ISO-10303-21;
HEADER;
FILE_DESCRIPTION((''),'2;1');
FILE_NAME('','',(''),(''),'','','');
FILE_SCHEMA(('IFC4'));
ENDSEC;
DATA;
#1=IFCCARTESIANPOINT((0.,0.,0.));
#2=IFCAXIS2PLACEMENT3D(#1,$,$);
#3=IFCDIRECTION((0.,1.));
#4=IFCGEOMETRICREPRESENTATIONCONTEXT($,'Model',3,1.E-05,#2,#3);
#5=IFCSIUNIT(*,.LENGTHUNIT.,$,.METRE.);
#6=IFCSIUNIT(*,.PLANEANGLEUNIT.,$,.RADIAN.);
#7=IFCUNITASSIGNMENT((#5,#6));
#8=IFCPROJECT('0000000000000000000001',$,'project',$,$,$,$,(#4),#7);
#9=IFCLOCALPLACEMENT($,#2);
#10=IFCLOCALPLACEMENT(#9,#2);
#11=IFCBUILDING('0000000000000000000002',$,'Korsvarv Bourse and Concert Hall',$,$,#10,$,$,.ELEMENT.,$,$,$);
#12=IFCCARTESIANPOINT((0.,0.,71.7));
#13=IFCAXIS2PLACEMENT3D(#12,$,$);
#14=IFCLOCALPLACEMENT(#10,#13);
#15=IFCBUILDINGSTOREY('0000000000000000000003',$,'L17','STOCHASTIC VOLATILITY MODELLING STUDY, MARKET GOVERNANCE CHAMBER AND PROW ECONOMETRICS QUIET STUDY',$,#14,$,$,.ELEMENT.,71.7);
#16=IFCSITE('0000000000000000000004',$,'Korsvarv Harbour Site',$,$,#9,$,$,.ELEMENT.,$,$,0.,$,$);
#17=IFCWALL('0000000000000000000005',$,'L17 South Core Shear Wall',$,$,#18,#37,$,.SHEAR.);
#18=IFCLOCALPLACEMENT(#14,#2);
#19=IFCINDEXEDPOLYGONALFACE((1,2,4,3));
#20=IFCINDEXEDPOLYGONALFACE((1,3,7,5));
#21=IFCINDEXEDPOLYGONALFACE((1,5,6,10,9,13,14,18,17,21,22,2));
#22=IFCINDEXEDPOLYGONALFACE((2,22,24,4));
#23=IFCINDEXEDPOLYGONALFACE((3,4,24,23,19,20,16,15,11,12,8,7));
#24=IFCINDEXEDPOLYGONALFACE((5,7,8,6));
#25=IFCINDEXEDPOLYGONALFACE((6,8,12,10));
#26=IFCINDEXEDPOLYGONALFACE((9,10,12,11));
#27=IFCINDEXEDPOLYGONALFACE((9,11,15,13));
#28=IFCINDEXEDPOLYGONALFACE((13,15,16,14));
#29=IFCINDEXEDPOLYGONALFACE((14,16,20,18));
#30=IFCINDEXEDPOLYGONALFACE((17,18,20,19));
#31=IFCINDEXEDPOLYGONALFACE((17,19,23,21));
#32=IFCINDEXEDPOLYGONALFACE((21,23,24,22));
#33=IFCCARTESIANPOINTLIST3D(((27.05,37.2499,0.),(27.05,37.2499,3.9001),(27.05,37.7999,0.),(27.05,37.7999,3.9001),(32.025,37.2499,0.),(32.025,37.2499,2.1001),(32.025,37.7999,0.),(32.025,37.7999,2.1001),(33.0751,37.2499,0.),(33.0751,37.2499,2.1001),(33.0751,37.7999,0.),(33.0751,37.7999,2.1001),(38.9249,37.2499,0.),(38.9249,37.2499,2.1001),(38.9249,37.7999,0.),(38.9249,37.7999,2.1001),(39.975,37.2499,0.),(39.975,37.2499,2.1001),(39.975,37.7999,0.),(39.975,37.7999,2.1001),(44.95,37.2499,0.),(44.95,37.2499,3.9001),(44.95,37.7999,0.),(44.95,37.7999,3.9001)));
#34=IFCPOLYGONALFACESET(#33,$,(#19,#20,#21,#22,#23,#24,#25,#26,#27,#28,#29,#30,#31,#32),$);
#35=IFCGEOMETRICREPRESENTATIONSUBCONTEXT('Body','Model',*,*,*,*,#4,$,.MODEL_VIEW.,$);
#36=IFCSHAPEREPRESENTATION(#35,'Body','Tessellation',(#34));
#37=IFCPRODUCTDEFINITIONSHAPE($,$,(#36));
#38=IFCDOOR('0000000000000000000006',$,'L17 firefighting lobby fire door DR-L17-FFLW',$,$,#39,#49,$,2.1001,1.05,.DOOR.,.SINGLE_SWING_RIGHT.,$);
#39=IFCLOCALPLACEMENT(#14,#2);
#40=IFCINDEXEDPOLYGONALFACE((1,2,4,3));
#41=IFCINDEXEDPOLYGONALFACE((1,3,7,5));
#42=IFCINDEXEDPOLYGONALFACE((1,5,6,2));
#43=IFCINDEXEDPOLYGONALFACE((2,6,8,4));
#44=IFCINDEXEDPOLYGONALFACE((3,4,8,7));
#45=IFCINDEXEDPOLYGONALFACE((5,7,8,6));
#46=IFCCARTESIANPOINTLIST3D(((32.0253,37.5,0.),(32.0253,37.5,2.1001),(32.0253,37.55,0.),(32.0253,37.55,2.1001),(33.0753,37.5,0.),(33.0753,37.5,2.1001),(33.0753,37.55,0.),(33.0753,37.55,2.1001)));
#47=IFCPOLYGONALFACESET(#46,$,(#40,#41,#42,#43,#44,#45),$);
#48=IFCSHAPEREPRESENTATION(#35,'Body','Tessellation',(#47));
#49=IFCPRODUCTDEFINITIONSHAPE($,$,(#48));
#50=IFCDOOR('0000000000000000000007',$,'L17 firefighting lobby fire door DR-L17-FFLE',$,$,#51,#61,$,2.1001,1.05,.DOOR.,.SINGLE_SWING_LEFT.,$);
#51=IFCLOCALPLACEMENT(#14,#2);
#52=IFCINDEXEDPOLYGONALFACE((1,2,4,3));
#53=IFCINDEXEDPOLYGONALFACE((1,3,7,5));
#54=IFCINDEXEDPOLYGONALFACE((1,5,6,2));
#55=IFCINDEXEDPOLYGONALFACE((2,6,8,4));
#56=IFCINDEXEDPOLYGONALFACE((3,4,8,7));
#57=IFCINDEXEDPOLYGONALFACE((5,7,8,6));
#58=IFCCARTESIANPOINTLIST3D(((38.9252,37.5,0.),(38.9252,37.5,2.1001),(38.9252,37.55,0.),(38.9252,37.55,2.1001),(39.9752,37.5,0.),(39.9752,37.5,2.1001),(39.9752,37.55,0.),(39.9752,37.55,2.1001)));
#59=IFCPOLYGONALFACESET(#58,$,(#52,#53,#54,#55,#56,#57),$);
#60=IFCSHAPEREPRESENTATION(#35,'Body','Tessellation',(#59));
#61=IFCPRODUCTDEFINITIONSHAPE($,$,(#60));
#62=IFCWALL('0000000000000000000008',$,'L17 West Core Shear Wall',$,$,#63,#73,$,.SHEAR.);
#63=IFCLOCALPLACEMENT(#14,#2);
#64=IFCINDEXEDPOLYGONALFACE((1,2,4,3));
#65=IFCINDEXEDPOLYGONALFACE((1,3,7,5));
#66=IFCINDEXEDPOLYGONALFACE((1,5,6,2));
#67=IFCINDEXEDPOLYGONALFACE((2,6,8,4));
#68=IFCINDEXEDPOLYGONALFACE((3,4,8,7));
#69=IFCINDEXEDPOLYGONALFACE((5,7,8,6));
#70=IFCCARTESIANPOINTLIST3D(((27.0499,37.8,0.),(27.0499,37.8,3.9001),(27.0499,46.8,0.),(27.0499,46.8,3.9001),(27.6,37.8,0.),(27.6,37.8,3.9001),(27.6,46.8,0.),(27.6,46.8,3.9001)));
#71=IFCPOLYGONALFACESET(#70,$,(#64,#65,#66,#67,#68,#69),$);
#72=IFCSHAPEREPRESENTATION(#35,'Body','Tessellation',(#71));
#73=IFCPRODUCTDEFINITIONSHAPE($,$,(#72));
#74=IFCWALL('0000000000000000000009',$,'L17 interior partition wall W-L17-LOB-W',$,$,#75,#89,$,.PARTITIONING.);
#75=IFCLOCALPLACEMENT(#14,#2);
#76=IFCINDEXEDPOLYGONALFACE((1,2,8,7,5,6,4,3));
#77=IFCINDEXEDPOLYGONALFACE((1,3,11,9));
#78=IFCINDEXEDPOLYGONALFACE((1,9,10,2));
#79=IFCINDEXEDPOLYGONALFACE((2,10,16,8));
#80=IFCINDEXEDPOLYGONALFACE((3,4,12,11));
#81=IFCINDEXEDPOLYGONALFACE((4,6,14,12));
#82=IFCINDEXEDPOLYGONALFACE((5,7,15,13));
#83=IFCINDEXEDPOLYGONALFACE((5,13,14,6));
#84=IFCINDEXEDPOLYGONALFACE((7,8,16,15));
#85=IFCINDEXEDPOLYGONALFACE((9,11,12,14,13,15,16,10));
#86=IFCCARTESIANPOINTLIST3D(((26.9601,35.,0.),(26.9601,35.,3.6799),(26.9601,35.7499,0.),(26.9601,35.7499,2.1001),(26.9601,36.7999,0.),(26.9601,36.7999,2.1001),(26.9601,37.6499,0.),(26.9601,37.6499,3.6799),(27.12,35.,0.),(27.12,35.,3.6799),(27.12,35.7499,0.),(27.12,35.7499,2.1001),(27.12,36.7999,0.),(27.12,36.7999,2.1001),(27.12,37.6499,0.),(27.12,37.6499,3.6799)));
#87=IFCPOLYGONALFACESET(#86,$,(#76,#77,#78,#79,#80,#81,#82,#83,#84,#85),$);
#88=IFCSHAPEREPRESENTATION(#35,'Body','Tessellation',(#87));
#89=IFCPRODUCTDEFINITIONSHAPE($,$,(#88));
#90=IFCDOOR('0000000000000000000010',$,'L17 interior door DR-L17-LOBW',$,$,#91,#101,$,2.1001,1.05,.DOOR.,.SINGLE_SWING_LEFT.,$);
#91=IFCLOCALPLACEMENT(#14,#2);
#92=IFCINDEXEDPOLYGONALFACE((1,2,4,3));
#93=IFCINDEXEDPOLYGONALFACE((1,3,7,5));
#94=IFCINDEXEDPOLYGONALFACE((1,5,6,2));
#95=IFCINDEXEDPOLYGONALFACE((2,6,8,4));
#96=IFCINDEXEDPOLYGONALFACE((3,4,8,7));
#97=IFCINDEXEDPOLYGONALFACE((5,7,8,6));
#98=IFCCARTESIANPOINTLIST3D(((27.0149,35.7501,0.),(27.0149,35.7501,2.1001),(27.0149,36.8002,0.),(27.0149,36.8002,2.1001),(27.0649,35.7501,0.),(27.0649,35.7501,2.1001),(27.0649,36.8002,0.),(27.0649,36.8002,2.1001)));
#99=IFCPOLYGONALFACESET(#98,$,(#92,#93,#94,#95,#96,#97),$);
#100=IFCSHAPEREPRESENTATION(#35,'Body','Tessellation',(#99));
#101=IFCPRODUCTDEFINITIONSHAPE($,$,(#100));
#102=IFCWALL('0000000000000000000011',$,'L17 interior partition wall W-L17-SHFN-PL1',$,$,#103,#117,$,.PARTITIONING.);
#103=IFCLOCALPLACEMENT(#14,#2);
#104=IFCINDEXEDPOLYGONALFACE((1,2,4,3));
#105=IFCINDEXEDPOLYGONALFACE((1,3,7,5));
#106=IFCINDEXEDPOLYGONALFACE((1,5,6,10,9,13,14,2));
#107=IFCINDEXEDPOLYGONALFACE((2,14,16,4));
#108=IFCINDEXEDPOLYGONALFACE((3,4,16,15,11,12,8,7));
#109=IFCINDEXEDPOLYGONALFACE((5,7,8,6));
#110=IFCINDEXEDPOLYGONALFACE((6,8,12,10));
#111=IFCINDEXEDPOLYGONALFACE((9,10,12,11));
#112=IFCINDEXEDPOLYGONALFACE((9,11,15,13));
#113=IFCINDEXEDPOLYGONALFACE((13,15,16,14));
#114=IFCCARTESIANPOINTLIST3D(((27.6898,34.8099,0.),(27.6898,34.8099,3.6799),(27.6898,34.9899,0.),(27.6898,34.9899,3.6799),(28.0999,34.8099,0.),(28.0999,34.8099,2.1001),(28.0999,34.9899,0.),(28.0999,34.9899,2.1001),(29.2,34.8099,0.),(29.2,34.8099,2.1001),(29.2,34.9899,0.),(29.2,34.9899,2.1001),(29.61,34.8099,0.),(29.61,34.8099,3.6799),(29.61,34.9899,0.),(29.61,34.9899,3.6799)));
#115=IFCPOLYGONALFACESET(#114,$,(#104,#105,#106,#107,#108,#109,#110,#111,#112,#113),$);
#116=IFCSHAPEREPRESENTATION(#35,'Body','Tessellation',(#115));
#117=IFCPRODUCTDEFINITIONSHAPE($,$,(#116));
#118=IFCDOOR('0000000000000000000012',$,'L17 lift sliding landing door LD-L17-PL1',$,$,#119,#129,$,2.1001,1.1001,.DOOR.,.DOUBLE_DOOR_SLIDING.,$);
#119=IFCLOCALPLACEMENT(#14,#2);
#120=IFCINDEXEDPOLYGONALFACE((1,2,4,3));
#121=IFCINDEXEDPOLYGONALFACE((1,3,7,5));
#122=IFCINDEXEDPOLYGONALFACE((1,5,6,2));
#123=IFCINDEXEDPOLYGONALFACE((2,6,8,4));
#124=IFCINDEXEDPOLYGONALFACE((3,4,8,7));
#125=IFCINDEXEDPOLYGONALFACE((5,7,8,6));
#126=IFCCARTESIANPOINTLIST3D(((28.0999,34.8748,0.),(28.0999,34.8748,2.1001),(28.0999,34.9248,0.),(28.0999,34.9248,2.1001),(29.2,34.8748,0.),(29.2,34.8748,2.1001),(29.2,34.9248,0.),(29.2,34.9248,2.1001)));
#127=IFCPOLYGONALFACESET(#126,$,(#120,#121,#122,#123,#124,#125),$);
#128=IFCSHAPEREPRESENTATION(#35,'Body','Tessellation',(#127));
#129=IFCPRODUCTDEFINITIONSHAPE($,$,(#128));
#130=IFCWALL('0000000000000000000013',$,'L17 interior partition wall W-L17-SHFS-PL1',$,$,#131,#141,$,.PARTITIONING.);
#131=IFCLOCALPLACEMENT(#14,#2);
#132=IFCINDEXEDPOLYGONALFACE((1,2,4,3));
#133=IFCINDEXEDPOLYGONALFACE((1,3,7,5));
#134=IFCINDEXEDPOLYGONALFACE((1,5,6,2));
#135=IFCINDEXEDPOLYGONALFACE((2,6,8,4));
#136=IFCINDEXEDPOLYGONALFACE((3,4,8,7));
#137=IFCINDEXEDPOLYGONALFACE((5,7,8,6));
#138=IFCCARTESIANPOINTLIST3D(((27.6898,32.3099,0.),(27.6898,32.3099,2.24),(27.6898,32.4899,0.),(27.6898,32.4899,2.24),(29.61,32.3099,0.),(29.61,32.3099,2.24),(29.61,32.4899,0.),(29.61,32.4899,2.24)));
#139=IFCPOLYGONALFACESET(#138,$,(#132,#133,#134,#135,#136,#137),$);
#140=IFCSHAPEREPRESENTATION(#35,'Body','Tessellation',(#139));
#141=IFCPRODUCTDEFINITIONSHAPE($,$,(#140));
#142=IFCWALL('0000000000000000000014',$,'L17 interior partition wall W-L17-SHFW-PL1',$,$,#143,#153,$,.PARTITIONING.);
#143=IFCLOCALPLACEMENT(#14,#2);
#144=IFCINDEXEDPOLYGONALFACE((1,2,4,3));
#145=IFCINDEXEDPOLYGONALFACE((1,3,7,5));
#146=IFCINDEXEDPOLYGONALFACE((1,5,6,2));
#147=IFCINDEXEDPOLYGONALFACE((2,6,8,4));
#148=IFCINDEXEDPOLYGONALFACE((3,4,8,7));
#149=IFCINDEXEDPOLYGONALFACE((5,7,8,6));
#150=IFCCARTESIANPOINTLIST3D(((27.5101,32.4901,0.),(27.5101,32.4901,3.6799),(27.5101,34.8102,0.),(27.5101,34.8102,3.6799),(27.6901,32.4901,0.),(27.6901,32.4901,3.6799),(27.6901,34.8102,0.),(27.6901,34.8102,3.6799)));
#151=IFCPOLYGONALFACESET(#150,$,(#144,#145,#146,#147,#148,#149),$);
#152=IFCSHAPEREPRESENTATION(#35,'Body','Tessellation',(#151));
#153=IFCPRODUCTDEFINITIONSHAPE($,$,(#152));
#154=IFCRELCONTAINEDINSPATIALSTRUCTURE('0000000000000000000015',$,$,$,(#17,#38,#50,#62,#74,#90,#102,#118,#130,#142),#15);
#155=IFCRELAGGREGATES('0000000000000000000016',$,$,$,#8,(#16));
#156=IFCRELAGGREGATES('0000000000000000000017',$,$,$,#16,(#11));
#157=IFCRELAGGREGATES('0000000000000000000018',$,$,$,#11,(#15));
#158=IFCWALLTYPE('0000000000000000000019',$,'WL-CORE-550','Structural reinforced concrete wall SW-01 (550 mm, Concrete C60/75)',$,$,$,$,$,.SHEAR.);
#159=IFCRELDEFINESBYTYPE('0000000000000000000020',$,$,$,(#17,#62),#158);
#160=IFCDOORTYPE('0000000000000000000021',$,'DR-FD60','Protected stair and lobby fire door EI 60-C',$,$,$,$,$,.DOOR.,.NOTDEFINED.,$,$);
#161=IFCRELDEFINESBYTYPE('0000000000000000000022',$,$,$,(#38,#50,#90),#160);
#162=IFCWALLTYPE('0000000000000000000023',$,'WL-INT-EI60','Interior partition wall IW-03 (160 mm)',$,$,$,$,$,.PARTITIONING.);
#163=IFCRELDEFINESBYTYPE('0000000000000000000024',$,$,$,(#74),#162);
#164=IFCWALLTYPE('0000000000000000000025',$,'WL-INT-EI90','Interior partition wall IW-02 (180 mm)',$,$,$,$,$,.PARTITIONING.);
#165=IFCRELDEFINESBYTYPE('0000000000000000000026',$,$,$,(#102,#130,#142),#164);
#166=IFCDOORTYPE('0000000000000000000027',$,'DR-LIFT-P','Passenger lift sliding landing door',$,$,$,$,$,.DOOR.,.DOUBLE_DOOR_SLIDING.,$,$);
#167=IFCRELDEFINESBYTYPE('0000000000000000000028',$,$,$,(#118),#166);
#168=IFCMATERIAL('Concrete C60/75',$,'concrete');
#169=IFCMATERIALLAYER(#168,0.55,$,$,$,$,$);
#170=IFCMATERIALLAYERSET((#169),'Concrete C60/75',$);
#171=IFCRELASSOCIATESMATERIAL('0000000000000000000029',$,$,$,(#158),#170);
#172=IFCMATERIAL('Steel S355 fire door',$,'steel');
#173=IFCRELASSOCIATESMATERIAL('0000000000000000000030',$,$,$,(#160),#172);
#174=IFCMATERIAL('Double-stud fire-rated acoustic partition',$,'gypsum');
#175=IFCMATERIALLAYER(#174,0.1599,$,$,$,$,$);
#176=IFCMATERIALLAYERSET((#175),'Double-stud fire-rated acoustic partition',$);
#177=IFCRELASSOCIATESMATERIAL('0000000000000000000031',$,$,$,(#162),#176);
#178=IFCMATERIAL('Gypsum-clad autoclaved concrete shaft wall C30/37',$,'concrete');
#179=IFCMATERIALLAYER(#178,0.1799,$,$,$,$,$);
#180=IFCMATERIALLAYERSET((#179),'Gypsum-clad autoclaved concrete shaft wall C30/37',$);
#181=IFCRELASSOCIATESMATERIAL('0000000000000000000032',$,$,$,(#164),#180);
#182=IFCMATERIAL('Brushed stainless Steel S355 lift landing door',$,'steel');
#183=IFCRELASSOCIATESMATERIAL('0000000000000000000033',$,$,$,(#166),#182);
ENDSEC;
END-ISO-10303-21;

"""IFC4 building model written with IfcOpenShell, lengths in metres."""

from ifc_helpers import new_model, si_unit, direction, frame, frame_2d, origin, place, context, subcontext, project, spatial, rectangle, extrude, material, layer, layer_set, type_object, element, fill, save


model = new_model("IFC4")

# Units and contexts
model_context = context("Model", 3, precision=1e-05, world=origin(), true_north=direction((0.0, 1.0)))
body_context = subcontext(model_context, "Body", "Model", "MODEL_VIEW")
ifc_project = project(units=[si_unit("LENGTHUNIT", "METRE"), si_unit("PLANEANGLEUNIT", "RADIAN")], contexts=[model_context])

# Site, building, storey
site_placement = place(None, origin())
site = spatial("IfcSite", under=ifc_project, at=site_placement, Name="Korsvarv Harbour Site", CompositionType="ELEMENT", RefElevation=0.0)
building_placement = place(site_placement, origin())
building = spatial("IfcBuilding", under=site, at=building_placement, Name="Korsvarv Bourse and Concert Hall", CompositionType="ELEMENT")
storey_placement = place(building_placement, frame((0.0, 0.0, 71.7)))
storey = spatial("IfcBuildingStorey", under=building, at=storey_placement, Name="L17", Description="STOCHASTIC VOLATILITY MODELLING STUDY, MARKET GOVERNANCE CHAMBER AND PROW ECONOMETRICS QUIET STUDY", CompositionType="ELEMENT", Elevation=71.7)

# Shared definitions
ifc_material_1 = material(Name="Concrete C60/75", Category="concrete")

# Wall, openings, doors
ifc_layer_1 = layer(ifc_material_1, 0.55)
ifc_layer_set_1 = layer_set([ifc_layer_1], Name="Concrete C60/75")
wall_type_1 = type_object("IfcWallType", Name="WL-CORE-550", Description="Structural reinforced concrete wall SW-01 (550 mm, Concrete C60/75)", PredefinedType="SHEAR", material=ifc_layer_set_1)
wall_1_placement = place(storey_placement, frame((27.05, 37.5249, 0.0), z_axis=(0.0, 0.0, 1.0), x_axis=(1.0, 0.0, 0.0)))
wall_1 = element("IfcWall", 1, at=wall_1_placement, inside=storey, type_object=wall_type_1, Name="L17 South Core Shear Wall", PredefinedType="SHEAR", context=body_context, shape_type="SweptSolid", body=[
    extrude(rectangle(XDim=17.8999, YDim=0.55, at=frame_2d((8.95, 0.0))), origin(), (0.0, 0.0, 1.0), 3.9001),
])
opening_1_placement = place(wall_1_placement, frame((4.9751, 0.0, 0.0)))
opening_1 = element("IfcOpeningElement", 2, at=opening_1_placement, cuts=wall_1, PredefinedType="OPENING", context=body_context, shape_type="SweptSolid", body=[
    extrude(rectangle(XDim=1.05, YDim=2.1001, at=frame_2d((0.5249, 1.05))), frame((0.0, 0.2852, 0.0), z_axis=(0.0, -1.0, 0.0), x_axis=(1.0, 0.0, 0.0)), (0.0, 0.0, 1.0), 0.5701),
])
opening_2_placement = place(wall_1_placement, frame((11.875, 0.0, 0.0)))
opening_2 = element("IfcOpeningElement", 3, at=opening_2_placement, cuts=wall_1, PredefinedType="OPENING", context=body_context, shape_type="SweptSolid", body=[
    extrude(rectangle(XDim=1.05, YDim=2.1001, at=frame_2d((0.5249, 1.05))), frame((0.0, 0.2852, 0.0), z_axis=(0.0, -1.0, 0.0), x_axis=(1.0, 0.0, 0.0)), (0.0, 0.0, 1.0), 0.5701),
])
ifc_material_2 = material(Name="Steel S355 fire door", Category="steel")
door_type_1 = type_object("IfcDoorType", Name="DR-FD60", Description="Protected stair and lobby fire door EI 60-C", OperationType="NOTDEFINED", PredefinedType="DOOR", material=ifc_material_2)
door_1_placement = place(opening_1_placement, frame((1.05, 0.0, 0.0), z_axis=(0.0, 0.0, 1.0), x_axis=(-1.0, 0.0, 0.0)))
door_1 = element("IfcDoor", 4, at=door_1_placement, inside=storey, type_object=door_type_1, Name="L17 firefighting lobby fire door DR-L17-FFLW", OperationType="SINGLE_SWING_RIGHT", OverallHeight=2.1001, OverallWidth=1.05, PredefinedType="DOOR", context=body_context, shape_type="SweptSolid", body=[
    extrude(rectangle(XDim=1.05, YDim=2.1001, at=frame_2d((0.5249, 1.05))), frame((0.0, 0.0249, 0.0), z_axis=(0.0, -1.0, 0.0), x_axis=(1.0, 0.0, 0.0)), (0.0, 0.0, 1.0), 0.05),
])
fill(opening_1, door_1)
door_2_placement = place(opening_2_placement, frame((1.05, 0.0, 0.0), z_axis=(0.0, 0.0, 1.0), x_axis=(-1.0, 0.0, 0.0)))
door_2 = element("IfcDoor", 5, at=door_2_placement, inside=storey, type_object=door_type_1, Name="L17 firefighting lobby fire door DR-L17-FFLE", OperationType="SINGLE_SWING_LEFT", OverallHeight=2.1001, OverallWidth=1.05, PredefinedType="DOOR", context=body_context, shape_type="SweptSolid", body=[
    extrude(rectangle(XDim=1.05, YDim=2.1001, at=frame_2d((0.5249, 1.05))), frame((0.0, 0.0249, 0.0), z_axis=(0.0, -1.0, 0.0), x_axis=(1.0, 0.0, 0.0)), (0.0, 0.0, 1.0), 0.05),
])
fill(opening_2, door_2)

# Wall
wall_2_placement = place(storey_placement, frame((27.325, 37.8, 0.0), z_axis=(0.0, 0.0, 1.0), x_axis=(0.0, 1.0, 0.0)))
element("IfcWall", 6, at=wall_2_placement, inside=storey, type_object=wall_type_1, Name="L17 West Core Shear Wall", PredefinedType="SHEAR", context=body_context, shape_type="SweptSolid", body=[
    extrude(rectangle(XDim=9.0, YDim=0.55, at=frame_2d((4.5, 0.0))), origin(), (0.0, 0.0, 1.0), 3.9001),
])

# Walls, openings, doors
ifc_material_3 = material(Name="Double-stud fire-rated acoustic partition", Category="gypsum")
ifc_layer_2 = layer(ifc_material_3, 0.1599)
ifc_layer_set_2 = layer_set([ifc_layer_2], Name="Double-stud fire-rated acoustic partition")
wall_type_2 = type_object("IfcWallType", Name="WL-INT-EI60", Description="Interior partition wall IW-03 (160 mm)", PredefinedType="PARTITIONING", material=ifc_layer_set_2)
wall_3_placement = place(storey_placement, frame((27.04, 35.0, 0.0), z_axis=(0.0, 0.0, 1.0), x_axis=(0.0, 1.0, 0.0)))
wall_3 = element("IfcWall", 7, at=wall_3_placement, inside=storey, type_object=wall_type_2, Name="L17 interior partition wall W-L17-LOB-W", PredefinedType="PARTITIONING", context=body_context, shape_type="SweptSolid", body=[
    extrude(rectangle(XDim=2.6499, YDim=0.1599, at=frame_2d((1.325, 0.0))), origin(), (0.0, 0.0, 1.0), 3.6799),
])
opening_3_placement = place(wall_3_placement, frame((0.75, 0.0, 0.0)))
opening_3 = element("IfcOpeningElement", 8, at=opening_3_placement, cuts=wall_3, PredefinedType="OPENING", context=body_context, shape_type="SweptSolid", body=[
    extrude(rectangle(XDim=1.05, YDim=2.1001, at=frame_2d((0.5249, 1.05))), frame((0.0, 0.0898, 0.0), z_axis=(0.0, -1.0, 0.0), x_axis=(1.0, 0.0, 0.0)), (0.0, 0.0, 1.0), 0.1799),
])
door_3_placement = place(opening_3_placement, frame((1.05, 0.0, 0.0), z_axis=(0.0, 0.0, 1.0), x_axis=(-1.0, 0.0, 0.0)))
door_3 = element("IfcDoor", 9, at=door_3_placement, inside=storey, type_object=door_type_1, Name="L17 interior door DR-L17-LOBW", OperationType="SINGLE_SWING_LEFT", OverallHeight=2.1001, OverallWidth=1.05, PredefinedType="DOOR", context=body_context, shape_type="SweptSolid", body=[
    extrude(rectangle(XDim=1.05, YDim=2.1001, at=frame_2d((0.5249, 1.05))), frame((0.0, 0.0249, 0.0), z_axis=(0.0, -1.0, 0.0), x_axis=(1.0, 0.0, 0.0)), (0.0, 0.0, 1.0), 0.05),
])
fill(opening_3, door_3)
ifc_material_4 = material(Name="Gypsum-clad autoclaved concrete shaft wall C30/37", Category="concrete")
ifc_layer_3 = layer(ifc_material_4, 0.1799)
ifc_layer_set_3 = layer_set([ifc_layer_3], Name="Gypsum-clad autoclaved concrete shaft wall C30/37")
wall_type_3 = type_object("IfcWallType", Name="WL-INT-EI90", Description="Interior partition wall IW-02 (180 mm)", PredefinedType="PARTITIONING", material=ifc_layer_set_3)
wall_4_placement = place(storey_placement, frame((27.6899, 34.8999, 0.0), z_axis=(0.0, 0.0, 1.0), x_axis=(1.0, 0.0, 0.0)))
wall_4 = element("IfcWall", 10, at=wall_4_placement, inside=storey, type_object=wall_type_3, Name="L17 interior partition wall W-L17-SHFN-PL1", PredefinedType="PARTITIONING", context=body_context, shape_type="SweptSolid", body=[
    extrude(rectangle(XDim=1.9202, YDim=0.1799, at=frame_2d((0.96, 0.0))), origin(), (0.0, 0.0, 1.0), 3.6799),
])
opening_4_placement = place(wall_4_placement, frame((0.4099, 0.0, 0.0)))
opening_4 = element("IfcOpeningElement", 11, at=opening_4_placement, cuts=wall_4, PredefinedType="OPENING", context=body_context, shape_type="SweptSolid", body=[
    extrude(rectangle(XDim=1.1001, YDim=2.1001, at=frame_2d((0.55, 1.05))), frame((0.0, 0.1001, 0.0), z_axis=(0.0, -1.0, 0.0), x_axis=(1.0, 0.0, 0.0)), (0.0, 0.0, 1.0), 0.2),
])
ifc_material_5 = material(Name="Brushed stainless Steel S355 lift landing door", Category="steel")
door_type_2 = type_object("IfcDoorType", Name="DR-LIFT-P", Description="Passenger lift sliding landing door", OperationType="DOUBLE_DOOR_SLIDING", PredefinedType="DOOR", material=ifc_material_5)
door_4_placement = place(opening_4_placement, origin())
door_4 = element("IfcDoor", 12, at=door_4_placement, inside=storey, type_object=door_type_2, Name="L17 lift sliding landing door LD-L17-PL1", OperationType="DOUBLE_DOOR_SLIDING", OverallHeight=2.1001, OverallWidth=1.1001, PredefinedType="DOOR", context=body_context, shape_type="SweptSolid", body=[
    extrude(rectangle(XDim=1.1001, YDim=2.1001, at=frame_2d((0.55, 1.05))), frame((0.0, 0.0249, 0.0), z_axis=(0.0, -1.0, 0.0), x_axis=(1.0, 0.0, 0.0)), (0.0, 0.0, 1.0), 0.05),
])
fill(opening_4, door_4)

# Walls
wall_5_placement = place(storey_placement, frame((27.6899, 32.3999, 0.0), z_axis=(0.0, 0.0, 1.0), x_axis=(1.0, 0.0, 0.0)))
element("IfcWall", 13, at=wall_5_placement, inside=storey, type_object=wall_type_3, Name="L17 interior partition wall W-L17-SHFS-PL1", PredefinedType="PARTITIONING", context=body_context, shape_type="SweptSolid", body=[
    extrude(rectangle(XDim=1.9202, YDim=0.1799, at=frame_2d((0.96, 0.0))), origin(), (0.0, 0.0, 1.0), 2.24),
])
wall_6_placement = place(storey_placement, frame((27.6001, 32.49, 0.0), z_axis=(0.0, 0.0, 1.0), x_axis=(0.0, 1.0, 0.0)))
element("IfcWall", 14, at=wall_6_placement, inside=storey, type_object=wall_type_3, Name="L17 interior partition wall W-L17-SHFW-PL1", PredefinedType="PARTITIONING", context=body_context, shape_type="SweptSolid", body=[
    extrude(rectangle(XDim=2.3201, YDim=0.1799, at=frame_2d((1.1602, 0.0))), origin(), (0.0, 0.0, 1.0), 3.6799),
])

save(model, "model.ifc")
